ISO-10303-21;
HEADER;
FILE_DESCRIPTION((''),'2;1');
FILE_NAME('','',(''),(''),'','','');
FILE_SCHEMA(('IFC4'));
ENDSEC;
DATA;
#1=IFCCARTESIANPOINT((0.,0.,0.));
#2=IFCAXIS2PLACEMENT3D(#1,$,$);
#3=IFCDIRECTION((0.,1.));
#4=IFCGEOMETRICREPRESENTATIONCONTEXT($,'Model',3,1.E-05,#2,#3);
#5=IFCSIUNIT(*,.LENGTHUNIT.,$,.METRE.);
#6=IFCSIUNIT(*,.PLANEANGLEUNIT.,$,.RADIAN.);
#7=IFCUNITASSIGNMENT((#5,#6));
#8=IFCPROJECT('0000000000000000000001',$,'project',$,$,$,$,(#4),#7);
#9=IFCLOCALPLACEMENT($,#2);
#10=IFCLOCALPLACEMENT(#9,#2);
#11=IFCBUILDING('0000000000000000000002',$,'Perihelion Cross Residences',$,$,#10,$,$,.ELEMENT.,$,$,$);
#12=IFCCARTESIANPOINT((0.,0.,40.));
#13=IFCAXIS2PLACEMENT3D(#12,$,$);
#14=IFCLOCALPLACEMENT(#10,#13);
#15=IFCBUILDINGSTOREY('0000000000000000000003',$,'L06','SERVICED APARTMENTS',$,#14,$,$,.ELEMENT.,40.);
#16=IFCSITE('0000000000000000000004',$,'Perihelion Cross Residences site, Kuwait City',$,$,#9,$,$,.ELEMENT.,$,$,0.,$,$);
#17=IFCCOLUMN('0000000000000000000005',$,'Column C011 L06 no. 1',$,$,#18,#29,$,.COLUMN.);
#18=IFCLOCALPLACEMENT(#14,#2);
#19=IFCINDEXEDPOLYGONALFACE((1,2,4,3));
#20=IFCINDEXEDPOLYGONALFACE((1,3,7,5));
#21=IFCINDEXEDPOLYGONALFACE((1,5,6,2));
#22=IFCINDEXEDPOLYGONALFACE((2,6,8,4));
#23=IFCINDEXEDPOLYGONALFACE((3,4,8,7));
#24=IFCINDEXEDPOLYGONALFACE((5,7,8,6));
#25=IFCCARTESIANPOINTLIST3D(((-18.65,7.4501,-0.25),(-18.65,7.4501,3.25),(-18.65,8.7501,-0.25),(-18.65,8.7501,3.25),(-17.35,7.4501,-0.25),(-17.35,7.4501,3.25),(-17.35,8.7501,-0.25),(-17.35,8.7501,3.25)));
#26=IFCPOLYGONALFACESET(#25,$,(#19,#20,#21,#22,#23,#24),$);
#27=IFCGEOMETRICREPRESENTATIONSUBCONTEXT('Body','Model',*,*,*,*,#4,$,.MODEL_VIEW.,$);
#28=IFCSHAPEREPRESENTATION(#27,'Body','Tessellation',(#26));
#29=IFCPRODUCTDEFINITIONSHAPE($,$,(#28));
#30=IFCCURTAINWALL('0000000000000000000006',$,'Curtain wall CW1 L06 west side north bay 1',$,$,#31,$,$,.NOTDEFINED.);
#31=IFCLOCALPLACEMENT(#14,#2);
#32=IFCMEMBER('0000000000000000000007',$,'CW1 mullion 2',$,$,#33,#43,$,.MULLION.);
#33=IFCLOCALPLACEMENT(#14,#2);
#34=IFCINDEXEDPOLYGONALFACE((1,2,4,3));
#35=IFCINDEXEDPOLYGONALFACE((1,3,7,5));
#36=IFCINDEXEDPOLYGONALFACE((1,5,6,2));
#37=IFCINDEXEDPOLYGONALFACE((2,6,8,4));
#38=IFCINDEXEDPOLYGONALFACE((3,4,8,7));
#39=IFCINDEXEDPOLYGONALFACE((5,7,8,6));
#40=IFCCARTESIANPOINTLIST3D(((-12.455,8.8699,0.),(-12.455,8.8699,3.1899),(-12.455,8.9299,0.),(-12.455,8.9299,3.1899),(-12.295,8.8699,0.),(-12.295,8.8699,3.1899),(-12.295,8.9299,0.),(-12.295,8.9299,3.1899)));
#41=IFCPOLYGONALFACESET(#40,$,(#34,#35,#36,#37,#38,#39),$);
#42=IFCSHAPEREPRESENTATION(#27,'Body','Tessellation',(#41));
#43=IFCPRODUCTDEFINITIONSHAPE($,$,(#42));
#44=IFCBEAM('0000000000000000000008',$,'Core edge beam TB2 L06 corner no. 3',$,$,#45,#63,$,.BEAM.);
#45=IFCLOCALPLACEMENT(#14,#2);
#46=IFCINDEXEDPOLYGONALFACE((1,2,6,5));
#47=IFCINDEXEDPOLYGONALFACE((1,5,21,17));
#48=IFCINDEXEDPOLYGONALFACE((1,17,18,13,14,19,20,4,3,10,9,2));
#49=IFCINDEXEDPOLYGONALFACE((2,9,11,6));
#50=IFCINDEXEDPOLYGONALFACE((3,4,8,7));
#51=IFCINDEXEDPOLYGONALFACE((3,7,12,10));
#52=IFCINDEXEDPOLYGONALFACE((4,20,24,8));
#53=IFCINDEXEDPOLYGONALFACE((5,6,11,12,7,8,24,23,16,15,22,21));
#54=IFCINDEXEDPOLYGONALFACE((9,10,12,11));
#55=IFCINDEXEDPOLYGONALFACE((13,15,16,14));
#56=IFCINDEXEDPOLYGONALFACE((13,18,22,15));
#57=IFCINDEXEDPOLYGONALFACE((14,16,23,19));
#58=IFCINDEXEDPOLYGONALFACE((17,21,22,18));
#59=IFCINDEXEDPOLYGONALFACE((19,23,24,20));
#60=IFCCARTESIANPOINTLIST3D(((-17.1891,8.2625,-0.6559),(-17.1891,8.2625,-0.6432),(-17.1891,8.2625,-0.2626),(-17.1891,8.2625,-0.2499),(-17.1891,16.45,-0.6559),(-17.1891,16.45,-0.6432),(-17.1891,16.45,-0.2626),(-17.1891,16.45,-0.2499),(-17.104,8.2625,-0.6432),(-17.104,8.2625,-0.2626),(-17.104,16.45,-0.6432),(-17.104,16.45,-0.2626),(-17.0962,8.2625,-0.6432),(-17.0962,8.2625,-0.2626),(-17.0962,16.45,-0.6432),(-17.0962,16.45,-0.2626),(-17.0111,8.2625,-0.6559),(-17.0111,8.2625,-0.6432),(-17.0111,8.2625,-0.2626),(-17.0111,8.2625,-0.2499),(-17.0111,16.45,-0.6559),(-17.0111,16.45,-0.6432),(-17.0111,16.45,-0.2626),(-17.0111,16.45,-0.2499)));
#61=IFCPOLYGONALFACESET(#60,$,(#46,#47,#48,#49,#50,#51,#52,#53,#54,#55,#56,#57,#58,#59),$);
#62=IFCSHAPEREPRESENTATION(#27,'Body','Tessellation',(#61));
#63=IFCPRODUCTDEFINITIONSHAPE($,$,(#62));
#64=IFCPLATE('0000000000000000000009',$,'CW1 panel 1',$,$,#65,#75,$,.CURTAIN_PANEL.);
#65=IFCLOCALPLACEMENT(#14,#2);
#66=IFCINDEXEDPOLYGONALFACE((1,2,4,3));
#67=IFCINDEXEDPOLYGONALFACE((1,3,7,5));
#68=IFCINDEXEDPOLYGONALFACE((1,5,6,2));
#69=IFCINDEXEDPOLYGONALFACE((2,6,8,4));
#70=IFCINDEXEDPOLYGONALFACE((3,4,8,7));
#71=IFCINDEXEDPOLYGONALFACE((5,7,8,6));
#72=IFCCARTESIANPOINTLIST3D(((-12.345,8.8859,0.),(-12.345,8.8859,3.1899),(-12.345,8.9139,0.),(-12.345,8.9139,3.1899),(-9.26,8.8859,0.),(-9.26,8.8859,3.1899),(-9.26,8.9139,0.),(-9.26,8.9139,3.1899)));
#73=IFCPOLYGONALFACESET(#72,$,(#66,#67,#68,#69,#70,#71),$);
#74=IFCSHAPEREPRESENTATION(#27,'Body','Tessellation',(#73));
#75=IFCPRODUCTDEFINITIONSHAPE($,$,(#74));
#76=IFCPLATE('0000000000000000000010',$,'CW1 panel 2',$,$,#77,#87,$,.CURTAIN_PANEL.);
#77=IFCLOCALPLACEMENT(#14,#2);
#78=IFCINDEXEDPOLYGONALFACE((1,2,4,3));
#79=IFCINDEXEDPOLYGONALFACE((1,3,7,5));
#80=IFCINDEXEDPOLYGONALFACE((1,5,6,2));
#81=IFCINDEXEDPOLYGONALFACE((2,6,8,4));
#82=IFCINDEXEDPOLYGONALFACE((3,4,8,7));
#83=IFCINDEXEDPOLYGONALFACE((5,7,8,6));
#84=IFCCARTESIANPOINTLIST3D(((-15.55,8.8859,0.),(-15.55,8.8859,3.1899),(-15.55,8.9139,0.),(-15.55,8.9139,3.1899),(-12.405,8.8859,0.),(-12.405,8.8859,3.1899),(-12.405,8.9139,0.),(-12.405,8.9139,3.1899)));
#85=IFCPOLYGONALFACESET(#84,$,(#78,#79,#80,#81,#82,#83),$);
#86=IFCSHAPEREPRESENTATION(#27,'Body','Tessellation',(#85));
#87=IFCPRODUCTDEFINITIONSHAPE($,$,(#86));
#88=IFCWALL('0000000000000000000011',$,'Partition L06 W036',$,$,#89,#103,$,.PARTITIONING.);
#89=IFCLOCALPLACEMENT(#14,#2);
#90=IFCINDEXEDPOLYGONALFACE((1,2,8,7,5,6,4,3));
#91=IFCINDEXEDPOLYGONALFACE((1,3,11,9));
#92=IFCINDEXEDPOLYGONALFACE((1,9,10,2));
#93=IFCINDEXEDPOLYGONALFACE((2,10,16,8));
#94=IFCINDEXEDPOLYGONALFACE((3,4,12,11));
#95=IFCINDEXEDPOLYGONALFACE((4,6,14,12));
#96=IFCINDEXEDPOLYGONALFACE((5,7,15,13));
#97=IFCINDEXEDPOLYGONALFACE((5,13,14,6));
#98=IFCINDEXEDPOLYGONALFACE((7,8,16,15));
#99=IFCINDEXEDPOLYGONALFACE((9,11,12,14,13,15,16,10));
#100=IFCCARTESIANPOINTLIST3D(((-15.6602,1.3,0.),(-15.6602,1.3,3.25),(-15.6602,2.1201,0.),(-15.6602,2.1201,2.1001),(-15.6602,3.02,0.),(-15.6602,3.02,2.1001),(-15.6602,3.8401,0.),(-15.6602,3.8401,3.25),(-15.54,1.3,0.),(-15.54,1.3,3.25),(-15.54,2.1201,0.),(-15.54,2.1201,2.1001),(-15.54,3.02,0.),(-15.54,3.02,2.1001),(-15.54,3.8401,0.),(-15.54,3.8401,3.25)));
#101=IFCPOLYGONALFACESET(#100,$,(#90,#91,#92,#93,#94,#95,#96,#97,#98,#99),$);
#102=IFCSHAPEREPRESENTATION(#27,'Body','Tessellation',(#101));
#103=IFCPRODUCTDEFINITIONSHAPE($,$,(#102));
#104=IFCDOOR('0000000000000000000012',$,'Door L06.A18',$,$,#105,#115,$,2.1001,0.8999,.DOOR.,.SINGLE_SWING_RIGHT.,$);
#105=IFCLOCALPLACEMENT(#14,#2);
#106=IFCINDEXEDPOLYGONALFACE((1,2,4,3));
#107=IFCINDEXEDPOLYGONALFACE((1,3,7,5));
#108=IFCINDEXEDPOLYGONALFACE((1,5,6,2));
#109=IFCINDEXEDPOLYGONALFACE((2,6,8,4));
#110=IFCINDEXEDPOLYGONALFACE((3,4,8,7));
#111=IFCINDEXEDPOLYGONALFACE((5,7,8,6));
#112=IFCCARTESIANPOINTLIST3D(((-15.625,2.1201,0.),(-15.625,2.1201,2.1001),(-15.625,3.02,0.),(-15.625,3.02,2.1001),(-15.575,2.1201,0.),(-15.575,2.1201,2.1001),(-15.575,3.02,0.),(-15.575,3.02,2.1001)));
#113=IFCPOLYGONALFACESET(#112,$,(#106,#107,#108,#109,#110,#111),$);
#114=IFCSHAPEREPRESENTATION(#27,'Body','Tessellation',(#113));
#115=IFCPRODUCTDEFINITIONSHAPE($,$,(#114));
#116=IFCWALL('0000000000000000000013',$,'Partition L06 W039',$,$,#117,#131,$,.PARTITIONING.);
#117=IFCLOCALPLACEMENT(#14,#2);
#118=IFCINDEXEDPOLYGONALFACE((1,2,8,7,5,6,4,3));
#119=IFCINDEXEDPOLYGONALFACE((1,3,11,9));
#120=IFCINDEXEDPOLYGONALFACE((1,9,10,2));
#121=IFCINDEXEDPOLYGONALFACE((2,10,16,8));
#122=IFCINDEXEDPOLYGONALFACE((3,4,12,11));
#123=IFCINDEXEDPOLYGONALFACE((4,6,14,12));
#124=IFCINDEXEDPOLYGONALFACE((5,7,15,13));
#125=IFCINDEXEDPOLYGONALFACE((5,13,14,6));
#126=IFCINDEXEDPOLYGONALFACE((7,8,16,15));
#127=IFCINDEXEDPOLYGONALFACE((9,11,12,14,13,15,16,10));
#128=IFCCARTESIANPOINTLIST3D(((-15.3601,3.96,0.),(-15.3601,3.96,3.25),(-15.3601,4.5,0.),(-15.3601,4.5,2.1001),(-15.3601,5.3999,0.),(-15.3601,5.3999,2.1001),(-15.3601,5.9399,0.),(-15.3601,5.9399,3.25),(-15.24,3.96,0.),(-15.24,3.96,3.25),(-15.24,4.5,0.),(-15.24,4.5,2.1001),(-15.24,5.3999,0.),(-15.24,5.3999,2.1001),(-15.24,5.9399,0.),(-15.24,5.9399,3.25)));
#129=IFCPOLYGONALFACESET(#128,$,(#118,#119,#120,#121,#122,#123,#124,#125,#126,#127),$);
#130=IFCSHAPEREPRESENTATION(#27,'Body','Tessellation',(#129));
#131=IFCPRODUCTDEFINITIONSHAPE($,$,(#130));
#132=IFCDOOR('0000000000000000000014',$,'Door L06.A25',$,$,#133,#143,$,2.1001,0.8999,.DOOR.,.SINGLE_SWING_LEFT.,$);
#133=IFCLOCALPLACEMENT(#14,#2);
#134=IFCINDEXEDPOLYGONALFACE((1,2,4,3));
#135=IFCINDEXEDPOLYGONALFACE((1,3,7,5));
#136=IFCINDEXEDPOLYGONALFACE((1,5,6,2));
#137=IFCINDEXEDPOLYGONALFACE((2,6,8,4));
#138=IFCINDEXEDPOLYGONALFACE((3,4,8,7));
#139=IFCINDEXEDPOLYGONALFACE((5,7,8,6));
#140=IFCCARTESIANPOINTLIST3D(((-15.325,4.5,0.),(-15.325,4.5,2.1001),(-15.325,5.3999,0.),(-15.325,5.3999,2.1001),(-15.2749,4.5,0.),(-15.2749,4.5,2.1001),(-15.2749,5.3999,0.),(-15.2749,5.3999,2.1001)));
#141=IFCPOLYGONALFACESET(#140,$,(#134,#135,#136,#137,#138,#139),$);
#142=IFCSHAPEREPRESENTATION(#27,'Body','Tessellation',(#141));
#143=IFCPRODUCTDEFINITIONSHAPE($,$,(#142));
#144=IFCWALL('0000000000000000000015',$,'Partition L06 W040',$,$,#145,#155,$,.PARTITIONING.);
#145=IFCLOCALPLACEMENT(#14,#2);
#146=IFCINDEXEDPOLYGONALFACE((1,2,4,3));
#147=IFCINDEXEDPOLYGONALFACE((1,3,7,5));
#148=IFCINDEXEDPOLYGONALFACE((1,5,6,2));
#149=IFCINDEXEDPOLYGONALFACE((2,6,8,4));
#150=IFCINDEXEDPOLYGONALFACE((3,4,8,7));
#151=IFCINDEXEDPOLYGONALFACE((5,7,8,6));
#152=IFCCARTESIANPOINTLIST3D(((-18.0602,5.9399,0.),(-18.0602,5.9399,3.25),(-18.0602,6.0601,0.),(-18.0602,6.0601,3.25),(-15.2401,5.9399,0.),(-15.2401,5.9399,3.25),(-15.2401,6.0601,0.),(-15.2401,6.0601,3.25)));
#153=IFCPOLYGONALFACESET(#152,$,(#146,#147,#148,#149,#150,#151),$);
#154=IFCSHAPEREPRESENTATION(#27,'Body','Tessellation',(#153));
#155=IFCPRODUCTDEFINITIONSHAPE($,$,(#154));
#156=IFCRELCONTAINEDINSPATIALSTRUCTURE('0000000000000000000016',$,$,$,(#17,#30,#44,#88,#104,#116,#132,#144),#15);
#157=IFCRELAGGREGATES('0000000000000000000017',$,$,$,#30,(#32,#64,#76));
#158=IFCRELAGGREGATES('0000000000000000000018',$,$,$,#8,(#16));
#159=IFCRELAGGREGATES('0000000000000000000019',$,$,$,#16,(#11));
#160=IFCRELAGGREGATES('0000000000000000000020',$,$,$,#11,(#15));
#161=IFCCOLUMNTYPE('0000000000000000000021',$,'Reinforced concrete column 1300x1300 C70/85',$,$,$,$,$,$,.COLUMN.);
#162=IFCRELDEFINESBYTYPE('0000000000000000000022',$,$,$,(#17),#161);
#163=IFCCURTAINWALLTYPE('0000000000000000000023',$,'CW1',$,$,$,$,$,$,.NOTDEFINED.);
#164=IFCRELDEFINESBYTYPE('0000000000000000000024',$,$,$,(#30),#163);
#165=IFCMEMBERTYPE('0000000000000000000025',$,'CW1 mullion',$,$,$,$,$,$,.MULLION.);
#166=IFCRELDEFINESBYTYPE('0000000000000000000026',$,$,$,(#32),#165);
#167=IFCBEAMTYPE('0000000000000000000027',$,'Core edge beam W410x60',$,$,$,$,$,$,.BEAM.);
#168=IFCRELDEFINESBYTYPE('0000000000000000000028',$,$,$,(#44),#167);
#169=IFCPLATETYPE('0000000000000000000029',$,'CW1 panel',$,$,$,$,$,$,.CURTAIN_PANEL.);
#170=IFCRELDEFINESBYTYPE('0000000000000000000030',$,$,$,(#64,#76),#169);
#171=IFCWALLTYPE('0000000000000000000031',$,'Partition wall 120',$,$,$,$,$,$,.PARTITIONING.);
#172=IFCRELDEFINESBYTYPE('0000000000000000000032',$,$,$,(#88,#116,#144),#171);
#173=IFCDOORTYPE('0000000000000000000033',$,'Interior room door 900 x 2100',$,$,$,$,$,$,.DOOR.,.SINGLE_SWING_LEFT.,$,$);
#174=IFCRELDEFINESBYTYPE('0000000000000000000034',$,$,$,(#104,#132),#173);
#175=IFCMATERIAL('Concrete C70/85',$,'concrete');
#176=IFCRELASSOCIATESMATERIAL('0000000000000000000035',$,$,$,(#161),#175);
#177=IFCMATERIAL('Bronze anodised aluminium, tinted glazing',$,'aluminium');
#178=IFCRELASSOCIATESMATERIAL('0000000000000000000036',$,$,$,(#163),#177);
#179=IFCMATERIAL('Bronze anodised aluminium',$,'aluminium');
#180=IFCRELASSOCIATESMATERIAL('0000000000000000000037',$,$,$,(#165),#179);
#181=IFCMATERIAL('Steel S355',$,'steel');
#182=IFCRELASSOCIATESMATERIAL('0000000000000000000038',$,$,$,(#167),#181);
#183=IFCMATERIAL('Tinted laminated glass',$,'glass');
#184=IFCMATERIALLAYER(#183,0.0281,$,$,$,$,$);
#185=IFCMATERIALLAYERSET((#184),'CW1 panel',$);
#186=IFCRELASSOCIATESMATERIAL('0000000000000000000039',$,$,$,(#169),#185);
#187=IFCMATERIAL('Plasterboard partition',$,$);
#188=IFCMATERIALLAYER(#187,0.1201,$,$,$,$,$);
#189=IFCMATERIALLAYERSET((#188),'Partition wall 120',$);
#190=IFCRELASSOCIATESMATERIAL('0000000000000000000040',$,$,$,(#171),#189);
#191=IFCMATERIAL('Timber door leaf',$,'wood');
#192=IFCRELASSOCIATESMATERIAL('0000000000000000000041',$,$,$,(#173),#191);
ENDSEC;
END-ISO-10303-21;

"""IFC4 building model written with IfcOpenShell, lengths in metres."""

from ifc_helpers import new_model, si_unit, direction, frame, frame_2d, origin, origin_2d, place, context, subcontext, project, spatial, rectangle, i_section, extrude, material, layer, layer_set, material_profile, profile_set, type_object, element, fill, aggregate, save


model = new_model("IFC4")

# Units and contexts
model_context = context("Model", 3, precision=1e-05, world=origin(), true_north=direction((0.0, 1.0)))
body_context = subcontext(model_context, "Body", "Model", "MODEL_VIEW")
ifc_project = project(units=[si_unit("LENGTHUNIT", "METRE"), si_unit("PLANEANGLEUNIT", "RADIAN")], contexts=[model_context])

# Site, building, storey
site_placement = place(None, origin())
site = spatial("IfcSite", under=ifc_project, at=site_placement, Name="Perihelion Cross Residences site, Kuwait City", CompositionType="ELEMENT", RefElevation=0.0)
building_placement = place(site_placement, origin())
building = spatial("IfcBuilding", under=site, at=building_placement, Name="Perihelion Cross Residences", CompositionType="ELEMENT")
storey_placement = place(building_placement, frame((0.0, 0.0, 40.0)))
storey = spatial("IfcBuildingStorey", under=building, at=storey_placement, Name="L06", Description="SERVICED APARTMENTS", CompositionType="ELEMENT", Elevation=40.0)

# Column
ifc_material_1 = material(Name="Concrete C70/85", Category="concrete")
ifc_material_profile_1 = material_profile(ifc_material_1, rectangle(XDim=1.3, YDim=1.3, at=origin_2d()), Name="RC 1300x1300")
ifc_profile_set_1 = profile_set([ifc_material_profile_1], Name="Concrete C70/85")
column_type = type_object("IfcColumnType", Name="Reinforced concrete column 1300x1300 C70/85", PredefinedType="COLUMN", material=ifc_profile_set_1)
column_placement = place(storey_placement, frame((-18.0, 8.1001, -0.25), z_axis=(0.0, 0.0, 1.0), x_axis=(1.0, 0.0, 0.0)))
element("IfcColumn", 1, at=column_placement, inside=storey, type_object=column_type, Name="Column C011 L06 no. 1", PredefinedType="COLUMN", context=body_context, shape_type="SweptSolid", body=[
    extrude(rectangle(XDim=1.3, YDim=1.3, at=origin_2d()), origin(), (0.0, 0.0, 1.0), 3.5),
])

# Curtain wall, member
ifc_material_2 = material(Name="Bronze anodised aluminium, tinted glazing", Category="aluminium")
curtain_wall_type = type_object("IfcCurtainWallType", Name="CW1", PredefinedType="NOTDEFINED", material=ifc_material_2)
curtain_wall_placement = place(storey_placement, origin())
curtain_wall = element("IfcCurtainWall", 2, at=curtain_wall_placement, inside=storey, type_object=curtain_wall_type, Name="Curtain wall CW1 L06 west side north bay 1", PredefinedType="NOTDEFINED")
ifc_material_3 = material(Name="Bronze anodised aluminium", Category="aluminium")
ifc_material_profile_2 = material_profile(ifc_material_3, rectangle(XDim=0.0601, YDim=0.1599, at=origin_2d()), Name="CW1 mullion")
ifc_profile_set_2 = profile_set([ifc_material_profile_2], Name="Bronze anodised aluminium")
member_type = type_object("IfcMemberType", Name="CW1 mullion", PredefinedType="MULLION", material=ifc_profile_set_2)
member_placement = place(storey_placement, frame((-12.375, 8.8999, 0.0), z_axis=(0.0, 0.0, 1.0), x_axis=(0.0, -1.0, 0.0)))
member = element("IfcMember", 3, at=member_placement, type_object=member_type, Name="CW1 mullion 2", PredefinedType="MULLION", context=body_context, shape_type="SweptSolid", body=[
    extrude(rectangle(XDim=0.0601, YDim=0.1599, at=origin_2d()), origin(), (0.0, 0.0, 1.0), 3.1899),
])

# Beam
ifc_material_4 = material(Name="Steel S355", Category="steel")
ifc_material_profile_3 = material_profile(ifc_material_4, i_section(OverallWidth=0.178, OverallDepth=0.406, WebThickness=0.0078, FlangeThickness=0.0127, at=origin_2d()), Name="W410x60")
ifc_profile_set_3 = profile_set([ifc_material_profile_3], Name="Steel S355")
beam_type = type_object("IfcBeamType", Name="Core edge beam W410x60", PredefinedType="BEAM", material=ifc_profile_set_3)
beam_placement = place(storey_placement, frame((-17.1001, 8.2625, -0.4529), z_axis=(0.0, 1.0, 0.0), x_axis=(-1.0, 0.0, 0.0)))
element("IfcBeam", 4, at=beam_placement, inside=storey, type_object=beam_type, Name="Core edge beam TB2 L06 corner no. 3", PredefinedType="BEAM", context=body_context, shape_type="SweptSolid", body=[
    extrude(i_section(OverallWidth=0.178, OverallDepth=0.406, WebThickness=0.0078, FlangeThickness=0.0127, at=origin_2d()), origin(), (0.0, 0.0, 1.0), 8.1875),
])

# Plates
ifc_material_5 = material(Name="Tinted laminated glass", Category="glass")
ifc_layer_1 = layer(ifc_material_5, 0.0281)
ifc_layer_set_1 = layer_set([ifc_layer_1], Name="CW1 panel")
plate_type = type_object("IfcPlateType", Name="CW1 panel", PredefinedType="CURTAIN_PANEL", material=ifc_layer_set_1)
plate_1_placement = place(storey_placement, frame((-10.8025, 8.8999, 0.0), z_axis=(0.0, 0.0, 1.0), x_axis=(-1.0, 0.0, 0.0)))
plate_1 = element("IfcPlate", 5, at=plate_1_placement, type_object=plate_type, Name="CW1 panel 1", PredefinedType="CURTAIN_PANEL", context=body_context, shape_type="SweptSolid", body=[
    extrude(rectangle(XDim=3.085, YDim=0.0281, at=origin_2d()), origin(), (0.0, 0.0, 1.0), 3.1899),
])
plate_2_placement = place(storey_placement, frame((-13.9775, 8.8999, 0.0), z_axis=(0.0, 0.0, 1.0), x_axis=(-1.0, 0.0, 0.0)))
plate_2 = element("IfcPlate", 6, at=plate_2_placement, type_object=plate_type, Name="CW1 panel 2", PredefinedType="CURTAIN_PANEL", context=body_context, shape_type="SweptSolid", body=[
    extrude(rectangle(XDim=3.145, YDim=0.0281, at=origin_2d()), origin(), (0.0, 0.0, 1.0), 3.1899),
])
aggregate(curtain_wall, [member, plate_1, plate_2])

# Walls, openings, doors
ifc_material_6 = material(Name="Plasterboard partition")
ifc_layer_2 = layer(ifc_material_6, 0.1201)
ifc_layer_set_2 = layer_set([ifc_layer_2], Name="Partition wall 120")
wall_type_1 = type_object("IfcWallType", Name="Partition wall 120", PredefinedType="PARTITIONING", material=ifc_layer_set_2)
wall_1_placement = place(storey_placement, frame((-15.6001, 1.3, 0.0), z_axis=(0.0, 0.0, 1.0), x_axis=(0.0, 1.0, 0.0)))
wall_1 = element("IfcWall", 7, at=wall_1_placement, inside=storey, type_object=wall_type_1, Name="Partition L06 W036", PredefinedType="PARTITIONING", context=body_context, shape_type="SweptSolid", body=[
    extrude(rectangle(XDim=2.54, YDim=0.1201, at=frame_2d((1.27, 0.0))), origin(), (0.0, 0.0, 1.0), 3.25),
])
opening_1_placement = place(wall_1_placement, frame((0.8201, 0.0, 0.0)))
opening_1 = element("IfcOpeningElement", 8, at=opening_1_placement, cuts=wall_1, PredefinedType="OPENING", context=body_context, shape_type="SweptSolid", body=[
    extrude(rectangle(XDim=0.8999, YDim=2.1001, at=frame_2d((0.45, 1.05))), frame((0.0, 0.0701, 0.0), z_axis=(0.0, -1.0, 0.0), x_axis=(1.0, 0.0, 0.0)), (0.0, 0.0, 1.0), 0.1401),
])
ifc_material_7 = material(Name="Timber door leaf", Category="wood")
door_type_1 = type_object("IfcDoorType", Name="Interior room door 900 x 2100", OperationType="SINGLE_SWING_LEFT", PredefinedType="DOOR", material=ifc_material_7)
door_1_placement = place(opening_1_placement, origin())
door_1 = element("IfcDoor", 9, at=door_1_placement, inside=storey, type_object=door_type_1, Name="Door L06.A18", OperationType="SINGLE_SWING_RIGHT", OverallHeight=2.1001, OverallWidth=0.8999, PredefinedType="DOOR", context=body_context, shape_type="SweptSolid", body=[
    extrude(rectangle(XDim=0.8999, YDim=2.1001, at=frame_2d((0.45, 1.05))), frame((0.0, 0.0249, 0.0), z_axis=(0.0, -1.0, 0.0), x_axis=(1.0, 0.0, 0.0)), (0.0, 0.0, 1.0), 0.05),
])
fill(opening_1, door_1)
wall_2_placement = place(storey_placement, frame((-15.3, 3.96, 0.0), z_axis=(0.0, 0.0, 1.0), x_axis=(0.0, 1.0, 0.0)))
wall_2 = element("IfcWall", 10, at=wall_2_placement, inside=storey, type_object=wall_type_1, Name="Partition L06 W039", PredefinedType="PARTITIONING", context=body_context, shape_type="SweptSolid", body=[
    extrude(rectangle(XDim=1.98, YDim=0.1201, at=frame_2d((0.99, 0.0))), origin(), (0.0, 0.0, 1.0), 3.25),
])
opening_2_placement = place(wall_2_placement, frame((0.54, 0.0, 0.0)))
opening_2 = element("IfcOpeningElement", 11, at=opening_2_placement, cuts=wall_2, PredefinedType="OPENING", context=body_context, shape_type="SweptSolid", body=[
    extrude(rectangle(XDim=0.8999, YDim=2.1001, at=frame_2d((0.45, 1.05))), frame((0.0, 0.0701, 0.0), z_axis=(0.0, -1.0, 0.0), x_axis=(1.0, 0.0, 0.0)), (0.0, 0.0, 1.0), 0.1401),
])
door_2_placement = place(opening_2_placement, origin())
door_2 = element("IfcDoor", 12, at=door_2_placement, inside=storey, type_object=door_type_1, Name="Door L06.A25", OperationType="SINGLE_SWING_LEFT", OverallHeight=2.1001, OverallWidth=0.8999, PredefinedType="DOOR", context=body_context, shape_type="SweptSolid", body=[
    extrude(rectangle(XDim=0.8999, YDim=2.1001, at=frame_2d((0.45, 1.05))), frame((0.0, 0.0249, 0.0), z_axis=(0.0, -1.0, 0.0), x_axis=(1.0, 0.0, 0.0)), (0.0, 0.0, 1.0), 0.05),
])
fill(opening_2, door_2)

# Wall
wall_3_placement = place(storey_placement, frame((-15.24, 6.0, 0.0), z_axis=(0.0, 0.0, 1.0), x_axis=(-1.0, 0.0, 0.0)))
element("IfcWall", 13, at=wall_3_placement, inside=storey, type_object=wall_type_1, Name="Partition L06 W040", PredefinedType="PARTITIONING", context=body_context, shape_type="SweptSolid", body=[
    extrude(rectangle(XDim=2.8201, YDim=0.1201, at=frame_2d((1.4102, 0.0))), origin(), (0.0, 0.0, 1.0), 3.25),
])

save(model, "model.ifc")
